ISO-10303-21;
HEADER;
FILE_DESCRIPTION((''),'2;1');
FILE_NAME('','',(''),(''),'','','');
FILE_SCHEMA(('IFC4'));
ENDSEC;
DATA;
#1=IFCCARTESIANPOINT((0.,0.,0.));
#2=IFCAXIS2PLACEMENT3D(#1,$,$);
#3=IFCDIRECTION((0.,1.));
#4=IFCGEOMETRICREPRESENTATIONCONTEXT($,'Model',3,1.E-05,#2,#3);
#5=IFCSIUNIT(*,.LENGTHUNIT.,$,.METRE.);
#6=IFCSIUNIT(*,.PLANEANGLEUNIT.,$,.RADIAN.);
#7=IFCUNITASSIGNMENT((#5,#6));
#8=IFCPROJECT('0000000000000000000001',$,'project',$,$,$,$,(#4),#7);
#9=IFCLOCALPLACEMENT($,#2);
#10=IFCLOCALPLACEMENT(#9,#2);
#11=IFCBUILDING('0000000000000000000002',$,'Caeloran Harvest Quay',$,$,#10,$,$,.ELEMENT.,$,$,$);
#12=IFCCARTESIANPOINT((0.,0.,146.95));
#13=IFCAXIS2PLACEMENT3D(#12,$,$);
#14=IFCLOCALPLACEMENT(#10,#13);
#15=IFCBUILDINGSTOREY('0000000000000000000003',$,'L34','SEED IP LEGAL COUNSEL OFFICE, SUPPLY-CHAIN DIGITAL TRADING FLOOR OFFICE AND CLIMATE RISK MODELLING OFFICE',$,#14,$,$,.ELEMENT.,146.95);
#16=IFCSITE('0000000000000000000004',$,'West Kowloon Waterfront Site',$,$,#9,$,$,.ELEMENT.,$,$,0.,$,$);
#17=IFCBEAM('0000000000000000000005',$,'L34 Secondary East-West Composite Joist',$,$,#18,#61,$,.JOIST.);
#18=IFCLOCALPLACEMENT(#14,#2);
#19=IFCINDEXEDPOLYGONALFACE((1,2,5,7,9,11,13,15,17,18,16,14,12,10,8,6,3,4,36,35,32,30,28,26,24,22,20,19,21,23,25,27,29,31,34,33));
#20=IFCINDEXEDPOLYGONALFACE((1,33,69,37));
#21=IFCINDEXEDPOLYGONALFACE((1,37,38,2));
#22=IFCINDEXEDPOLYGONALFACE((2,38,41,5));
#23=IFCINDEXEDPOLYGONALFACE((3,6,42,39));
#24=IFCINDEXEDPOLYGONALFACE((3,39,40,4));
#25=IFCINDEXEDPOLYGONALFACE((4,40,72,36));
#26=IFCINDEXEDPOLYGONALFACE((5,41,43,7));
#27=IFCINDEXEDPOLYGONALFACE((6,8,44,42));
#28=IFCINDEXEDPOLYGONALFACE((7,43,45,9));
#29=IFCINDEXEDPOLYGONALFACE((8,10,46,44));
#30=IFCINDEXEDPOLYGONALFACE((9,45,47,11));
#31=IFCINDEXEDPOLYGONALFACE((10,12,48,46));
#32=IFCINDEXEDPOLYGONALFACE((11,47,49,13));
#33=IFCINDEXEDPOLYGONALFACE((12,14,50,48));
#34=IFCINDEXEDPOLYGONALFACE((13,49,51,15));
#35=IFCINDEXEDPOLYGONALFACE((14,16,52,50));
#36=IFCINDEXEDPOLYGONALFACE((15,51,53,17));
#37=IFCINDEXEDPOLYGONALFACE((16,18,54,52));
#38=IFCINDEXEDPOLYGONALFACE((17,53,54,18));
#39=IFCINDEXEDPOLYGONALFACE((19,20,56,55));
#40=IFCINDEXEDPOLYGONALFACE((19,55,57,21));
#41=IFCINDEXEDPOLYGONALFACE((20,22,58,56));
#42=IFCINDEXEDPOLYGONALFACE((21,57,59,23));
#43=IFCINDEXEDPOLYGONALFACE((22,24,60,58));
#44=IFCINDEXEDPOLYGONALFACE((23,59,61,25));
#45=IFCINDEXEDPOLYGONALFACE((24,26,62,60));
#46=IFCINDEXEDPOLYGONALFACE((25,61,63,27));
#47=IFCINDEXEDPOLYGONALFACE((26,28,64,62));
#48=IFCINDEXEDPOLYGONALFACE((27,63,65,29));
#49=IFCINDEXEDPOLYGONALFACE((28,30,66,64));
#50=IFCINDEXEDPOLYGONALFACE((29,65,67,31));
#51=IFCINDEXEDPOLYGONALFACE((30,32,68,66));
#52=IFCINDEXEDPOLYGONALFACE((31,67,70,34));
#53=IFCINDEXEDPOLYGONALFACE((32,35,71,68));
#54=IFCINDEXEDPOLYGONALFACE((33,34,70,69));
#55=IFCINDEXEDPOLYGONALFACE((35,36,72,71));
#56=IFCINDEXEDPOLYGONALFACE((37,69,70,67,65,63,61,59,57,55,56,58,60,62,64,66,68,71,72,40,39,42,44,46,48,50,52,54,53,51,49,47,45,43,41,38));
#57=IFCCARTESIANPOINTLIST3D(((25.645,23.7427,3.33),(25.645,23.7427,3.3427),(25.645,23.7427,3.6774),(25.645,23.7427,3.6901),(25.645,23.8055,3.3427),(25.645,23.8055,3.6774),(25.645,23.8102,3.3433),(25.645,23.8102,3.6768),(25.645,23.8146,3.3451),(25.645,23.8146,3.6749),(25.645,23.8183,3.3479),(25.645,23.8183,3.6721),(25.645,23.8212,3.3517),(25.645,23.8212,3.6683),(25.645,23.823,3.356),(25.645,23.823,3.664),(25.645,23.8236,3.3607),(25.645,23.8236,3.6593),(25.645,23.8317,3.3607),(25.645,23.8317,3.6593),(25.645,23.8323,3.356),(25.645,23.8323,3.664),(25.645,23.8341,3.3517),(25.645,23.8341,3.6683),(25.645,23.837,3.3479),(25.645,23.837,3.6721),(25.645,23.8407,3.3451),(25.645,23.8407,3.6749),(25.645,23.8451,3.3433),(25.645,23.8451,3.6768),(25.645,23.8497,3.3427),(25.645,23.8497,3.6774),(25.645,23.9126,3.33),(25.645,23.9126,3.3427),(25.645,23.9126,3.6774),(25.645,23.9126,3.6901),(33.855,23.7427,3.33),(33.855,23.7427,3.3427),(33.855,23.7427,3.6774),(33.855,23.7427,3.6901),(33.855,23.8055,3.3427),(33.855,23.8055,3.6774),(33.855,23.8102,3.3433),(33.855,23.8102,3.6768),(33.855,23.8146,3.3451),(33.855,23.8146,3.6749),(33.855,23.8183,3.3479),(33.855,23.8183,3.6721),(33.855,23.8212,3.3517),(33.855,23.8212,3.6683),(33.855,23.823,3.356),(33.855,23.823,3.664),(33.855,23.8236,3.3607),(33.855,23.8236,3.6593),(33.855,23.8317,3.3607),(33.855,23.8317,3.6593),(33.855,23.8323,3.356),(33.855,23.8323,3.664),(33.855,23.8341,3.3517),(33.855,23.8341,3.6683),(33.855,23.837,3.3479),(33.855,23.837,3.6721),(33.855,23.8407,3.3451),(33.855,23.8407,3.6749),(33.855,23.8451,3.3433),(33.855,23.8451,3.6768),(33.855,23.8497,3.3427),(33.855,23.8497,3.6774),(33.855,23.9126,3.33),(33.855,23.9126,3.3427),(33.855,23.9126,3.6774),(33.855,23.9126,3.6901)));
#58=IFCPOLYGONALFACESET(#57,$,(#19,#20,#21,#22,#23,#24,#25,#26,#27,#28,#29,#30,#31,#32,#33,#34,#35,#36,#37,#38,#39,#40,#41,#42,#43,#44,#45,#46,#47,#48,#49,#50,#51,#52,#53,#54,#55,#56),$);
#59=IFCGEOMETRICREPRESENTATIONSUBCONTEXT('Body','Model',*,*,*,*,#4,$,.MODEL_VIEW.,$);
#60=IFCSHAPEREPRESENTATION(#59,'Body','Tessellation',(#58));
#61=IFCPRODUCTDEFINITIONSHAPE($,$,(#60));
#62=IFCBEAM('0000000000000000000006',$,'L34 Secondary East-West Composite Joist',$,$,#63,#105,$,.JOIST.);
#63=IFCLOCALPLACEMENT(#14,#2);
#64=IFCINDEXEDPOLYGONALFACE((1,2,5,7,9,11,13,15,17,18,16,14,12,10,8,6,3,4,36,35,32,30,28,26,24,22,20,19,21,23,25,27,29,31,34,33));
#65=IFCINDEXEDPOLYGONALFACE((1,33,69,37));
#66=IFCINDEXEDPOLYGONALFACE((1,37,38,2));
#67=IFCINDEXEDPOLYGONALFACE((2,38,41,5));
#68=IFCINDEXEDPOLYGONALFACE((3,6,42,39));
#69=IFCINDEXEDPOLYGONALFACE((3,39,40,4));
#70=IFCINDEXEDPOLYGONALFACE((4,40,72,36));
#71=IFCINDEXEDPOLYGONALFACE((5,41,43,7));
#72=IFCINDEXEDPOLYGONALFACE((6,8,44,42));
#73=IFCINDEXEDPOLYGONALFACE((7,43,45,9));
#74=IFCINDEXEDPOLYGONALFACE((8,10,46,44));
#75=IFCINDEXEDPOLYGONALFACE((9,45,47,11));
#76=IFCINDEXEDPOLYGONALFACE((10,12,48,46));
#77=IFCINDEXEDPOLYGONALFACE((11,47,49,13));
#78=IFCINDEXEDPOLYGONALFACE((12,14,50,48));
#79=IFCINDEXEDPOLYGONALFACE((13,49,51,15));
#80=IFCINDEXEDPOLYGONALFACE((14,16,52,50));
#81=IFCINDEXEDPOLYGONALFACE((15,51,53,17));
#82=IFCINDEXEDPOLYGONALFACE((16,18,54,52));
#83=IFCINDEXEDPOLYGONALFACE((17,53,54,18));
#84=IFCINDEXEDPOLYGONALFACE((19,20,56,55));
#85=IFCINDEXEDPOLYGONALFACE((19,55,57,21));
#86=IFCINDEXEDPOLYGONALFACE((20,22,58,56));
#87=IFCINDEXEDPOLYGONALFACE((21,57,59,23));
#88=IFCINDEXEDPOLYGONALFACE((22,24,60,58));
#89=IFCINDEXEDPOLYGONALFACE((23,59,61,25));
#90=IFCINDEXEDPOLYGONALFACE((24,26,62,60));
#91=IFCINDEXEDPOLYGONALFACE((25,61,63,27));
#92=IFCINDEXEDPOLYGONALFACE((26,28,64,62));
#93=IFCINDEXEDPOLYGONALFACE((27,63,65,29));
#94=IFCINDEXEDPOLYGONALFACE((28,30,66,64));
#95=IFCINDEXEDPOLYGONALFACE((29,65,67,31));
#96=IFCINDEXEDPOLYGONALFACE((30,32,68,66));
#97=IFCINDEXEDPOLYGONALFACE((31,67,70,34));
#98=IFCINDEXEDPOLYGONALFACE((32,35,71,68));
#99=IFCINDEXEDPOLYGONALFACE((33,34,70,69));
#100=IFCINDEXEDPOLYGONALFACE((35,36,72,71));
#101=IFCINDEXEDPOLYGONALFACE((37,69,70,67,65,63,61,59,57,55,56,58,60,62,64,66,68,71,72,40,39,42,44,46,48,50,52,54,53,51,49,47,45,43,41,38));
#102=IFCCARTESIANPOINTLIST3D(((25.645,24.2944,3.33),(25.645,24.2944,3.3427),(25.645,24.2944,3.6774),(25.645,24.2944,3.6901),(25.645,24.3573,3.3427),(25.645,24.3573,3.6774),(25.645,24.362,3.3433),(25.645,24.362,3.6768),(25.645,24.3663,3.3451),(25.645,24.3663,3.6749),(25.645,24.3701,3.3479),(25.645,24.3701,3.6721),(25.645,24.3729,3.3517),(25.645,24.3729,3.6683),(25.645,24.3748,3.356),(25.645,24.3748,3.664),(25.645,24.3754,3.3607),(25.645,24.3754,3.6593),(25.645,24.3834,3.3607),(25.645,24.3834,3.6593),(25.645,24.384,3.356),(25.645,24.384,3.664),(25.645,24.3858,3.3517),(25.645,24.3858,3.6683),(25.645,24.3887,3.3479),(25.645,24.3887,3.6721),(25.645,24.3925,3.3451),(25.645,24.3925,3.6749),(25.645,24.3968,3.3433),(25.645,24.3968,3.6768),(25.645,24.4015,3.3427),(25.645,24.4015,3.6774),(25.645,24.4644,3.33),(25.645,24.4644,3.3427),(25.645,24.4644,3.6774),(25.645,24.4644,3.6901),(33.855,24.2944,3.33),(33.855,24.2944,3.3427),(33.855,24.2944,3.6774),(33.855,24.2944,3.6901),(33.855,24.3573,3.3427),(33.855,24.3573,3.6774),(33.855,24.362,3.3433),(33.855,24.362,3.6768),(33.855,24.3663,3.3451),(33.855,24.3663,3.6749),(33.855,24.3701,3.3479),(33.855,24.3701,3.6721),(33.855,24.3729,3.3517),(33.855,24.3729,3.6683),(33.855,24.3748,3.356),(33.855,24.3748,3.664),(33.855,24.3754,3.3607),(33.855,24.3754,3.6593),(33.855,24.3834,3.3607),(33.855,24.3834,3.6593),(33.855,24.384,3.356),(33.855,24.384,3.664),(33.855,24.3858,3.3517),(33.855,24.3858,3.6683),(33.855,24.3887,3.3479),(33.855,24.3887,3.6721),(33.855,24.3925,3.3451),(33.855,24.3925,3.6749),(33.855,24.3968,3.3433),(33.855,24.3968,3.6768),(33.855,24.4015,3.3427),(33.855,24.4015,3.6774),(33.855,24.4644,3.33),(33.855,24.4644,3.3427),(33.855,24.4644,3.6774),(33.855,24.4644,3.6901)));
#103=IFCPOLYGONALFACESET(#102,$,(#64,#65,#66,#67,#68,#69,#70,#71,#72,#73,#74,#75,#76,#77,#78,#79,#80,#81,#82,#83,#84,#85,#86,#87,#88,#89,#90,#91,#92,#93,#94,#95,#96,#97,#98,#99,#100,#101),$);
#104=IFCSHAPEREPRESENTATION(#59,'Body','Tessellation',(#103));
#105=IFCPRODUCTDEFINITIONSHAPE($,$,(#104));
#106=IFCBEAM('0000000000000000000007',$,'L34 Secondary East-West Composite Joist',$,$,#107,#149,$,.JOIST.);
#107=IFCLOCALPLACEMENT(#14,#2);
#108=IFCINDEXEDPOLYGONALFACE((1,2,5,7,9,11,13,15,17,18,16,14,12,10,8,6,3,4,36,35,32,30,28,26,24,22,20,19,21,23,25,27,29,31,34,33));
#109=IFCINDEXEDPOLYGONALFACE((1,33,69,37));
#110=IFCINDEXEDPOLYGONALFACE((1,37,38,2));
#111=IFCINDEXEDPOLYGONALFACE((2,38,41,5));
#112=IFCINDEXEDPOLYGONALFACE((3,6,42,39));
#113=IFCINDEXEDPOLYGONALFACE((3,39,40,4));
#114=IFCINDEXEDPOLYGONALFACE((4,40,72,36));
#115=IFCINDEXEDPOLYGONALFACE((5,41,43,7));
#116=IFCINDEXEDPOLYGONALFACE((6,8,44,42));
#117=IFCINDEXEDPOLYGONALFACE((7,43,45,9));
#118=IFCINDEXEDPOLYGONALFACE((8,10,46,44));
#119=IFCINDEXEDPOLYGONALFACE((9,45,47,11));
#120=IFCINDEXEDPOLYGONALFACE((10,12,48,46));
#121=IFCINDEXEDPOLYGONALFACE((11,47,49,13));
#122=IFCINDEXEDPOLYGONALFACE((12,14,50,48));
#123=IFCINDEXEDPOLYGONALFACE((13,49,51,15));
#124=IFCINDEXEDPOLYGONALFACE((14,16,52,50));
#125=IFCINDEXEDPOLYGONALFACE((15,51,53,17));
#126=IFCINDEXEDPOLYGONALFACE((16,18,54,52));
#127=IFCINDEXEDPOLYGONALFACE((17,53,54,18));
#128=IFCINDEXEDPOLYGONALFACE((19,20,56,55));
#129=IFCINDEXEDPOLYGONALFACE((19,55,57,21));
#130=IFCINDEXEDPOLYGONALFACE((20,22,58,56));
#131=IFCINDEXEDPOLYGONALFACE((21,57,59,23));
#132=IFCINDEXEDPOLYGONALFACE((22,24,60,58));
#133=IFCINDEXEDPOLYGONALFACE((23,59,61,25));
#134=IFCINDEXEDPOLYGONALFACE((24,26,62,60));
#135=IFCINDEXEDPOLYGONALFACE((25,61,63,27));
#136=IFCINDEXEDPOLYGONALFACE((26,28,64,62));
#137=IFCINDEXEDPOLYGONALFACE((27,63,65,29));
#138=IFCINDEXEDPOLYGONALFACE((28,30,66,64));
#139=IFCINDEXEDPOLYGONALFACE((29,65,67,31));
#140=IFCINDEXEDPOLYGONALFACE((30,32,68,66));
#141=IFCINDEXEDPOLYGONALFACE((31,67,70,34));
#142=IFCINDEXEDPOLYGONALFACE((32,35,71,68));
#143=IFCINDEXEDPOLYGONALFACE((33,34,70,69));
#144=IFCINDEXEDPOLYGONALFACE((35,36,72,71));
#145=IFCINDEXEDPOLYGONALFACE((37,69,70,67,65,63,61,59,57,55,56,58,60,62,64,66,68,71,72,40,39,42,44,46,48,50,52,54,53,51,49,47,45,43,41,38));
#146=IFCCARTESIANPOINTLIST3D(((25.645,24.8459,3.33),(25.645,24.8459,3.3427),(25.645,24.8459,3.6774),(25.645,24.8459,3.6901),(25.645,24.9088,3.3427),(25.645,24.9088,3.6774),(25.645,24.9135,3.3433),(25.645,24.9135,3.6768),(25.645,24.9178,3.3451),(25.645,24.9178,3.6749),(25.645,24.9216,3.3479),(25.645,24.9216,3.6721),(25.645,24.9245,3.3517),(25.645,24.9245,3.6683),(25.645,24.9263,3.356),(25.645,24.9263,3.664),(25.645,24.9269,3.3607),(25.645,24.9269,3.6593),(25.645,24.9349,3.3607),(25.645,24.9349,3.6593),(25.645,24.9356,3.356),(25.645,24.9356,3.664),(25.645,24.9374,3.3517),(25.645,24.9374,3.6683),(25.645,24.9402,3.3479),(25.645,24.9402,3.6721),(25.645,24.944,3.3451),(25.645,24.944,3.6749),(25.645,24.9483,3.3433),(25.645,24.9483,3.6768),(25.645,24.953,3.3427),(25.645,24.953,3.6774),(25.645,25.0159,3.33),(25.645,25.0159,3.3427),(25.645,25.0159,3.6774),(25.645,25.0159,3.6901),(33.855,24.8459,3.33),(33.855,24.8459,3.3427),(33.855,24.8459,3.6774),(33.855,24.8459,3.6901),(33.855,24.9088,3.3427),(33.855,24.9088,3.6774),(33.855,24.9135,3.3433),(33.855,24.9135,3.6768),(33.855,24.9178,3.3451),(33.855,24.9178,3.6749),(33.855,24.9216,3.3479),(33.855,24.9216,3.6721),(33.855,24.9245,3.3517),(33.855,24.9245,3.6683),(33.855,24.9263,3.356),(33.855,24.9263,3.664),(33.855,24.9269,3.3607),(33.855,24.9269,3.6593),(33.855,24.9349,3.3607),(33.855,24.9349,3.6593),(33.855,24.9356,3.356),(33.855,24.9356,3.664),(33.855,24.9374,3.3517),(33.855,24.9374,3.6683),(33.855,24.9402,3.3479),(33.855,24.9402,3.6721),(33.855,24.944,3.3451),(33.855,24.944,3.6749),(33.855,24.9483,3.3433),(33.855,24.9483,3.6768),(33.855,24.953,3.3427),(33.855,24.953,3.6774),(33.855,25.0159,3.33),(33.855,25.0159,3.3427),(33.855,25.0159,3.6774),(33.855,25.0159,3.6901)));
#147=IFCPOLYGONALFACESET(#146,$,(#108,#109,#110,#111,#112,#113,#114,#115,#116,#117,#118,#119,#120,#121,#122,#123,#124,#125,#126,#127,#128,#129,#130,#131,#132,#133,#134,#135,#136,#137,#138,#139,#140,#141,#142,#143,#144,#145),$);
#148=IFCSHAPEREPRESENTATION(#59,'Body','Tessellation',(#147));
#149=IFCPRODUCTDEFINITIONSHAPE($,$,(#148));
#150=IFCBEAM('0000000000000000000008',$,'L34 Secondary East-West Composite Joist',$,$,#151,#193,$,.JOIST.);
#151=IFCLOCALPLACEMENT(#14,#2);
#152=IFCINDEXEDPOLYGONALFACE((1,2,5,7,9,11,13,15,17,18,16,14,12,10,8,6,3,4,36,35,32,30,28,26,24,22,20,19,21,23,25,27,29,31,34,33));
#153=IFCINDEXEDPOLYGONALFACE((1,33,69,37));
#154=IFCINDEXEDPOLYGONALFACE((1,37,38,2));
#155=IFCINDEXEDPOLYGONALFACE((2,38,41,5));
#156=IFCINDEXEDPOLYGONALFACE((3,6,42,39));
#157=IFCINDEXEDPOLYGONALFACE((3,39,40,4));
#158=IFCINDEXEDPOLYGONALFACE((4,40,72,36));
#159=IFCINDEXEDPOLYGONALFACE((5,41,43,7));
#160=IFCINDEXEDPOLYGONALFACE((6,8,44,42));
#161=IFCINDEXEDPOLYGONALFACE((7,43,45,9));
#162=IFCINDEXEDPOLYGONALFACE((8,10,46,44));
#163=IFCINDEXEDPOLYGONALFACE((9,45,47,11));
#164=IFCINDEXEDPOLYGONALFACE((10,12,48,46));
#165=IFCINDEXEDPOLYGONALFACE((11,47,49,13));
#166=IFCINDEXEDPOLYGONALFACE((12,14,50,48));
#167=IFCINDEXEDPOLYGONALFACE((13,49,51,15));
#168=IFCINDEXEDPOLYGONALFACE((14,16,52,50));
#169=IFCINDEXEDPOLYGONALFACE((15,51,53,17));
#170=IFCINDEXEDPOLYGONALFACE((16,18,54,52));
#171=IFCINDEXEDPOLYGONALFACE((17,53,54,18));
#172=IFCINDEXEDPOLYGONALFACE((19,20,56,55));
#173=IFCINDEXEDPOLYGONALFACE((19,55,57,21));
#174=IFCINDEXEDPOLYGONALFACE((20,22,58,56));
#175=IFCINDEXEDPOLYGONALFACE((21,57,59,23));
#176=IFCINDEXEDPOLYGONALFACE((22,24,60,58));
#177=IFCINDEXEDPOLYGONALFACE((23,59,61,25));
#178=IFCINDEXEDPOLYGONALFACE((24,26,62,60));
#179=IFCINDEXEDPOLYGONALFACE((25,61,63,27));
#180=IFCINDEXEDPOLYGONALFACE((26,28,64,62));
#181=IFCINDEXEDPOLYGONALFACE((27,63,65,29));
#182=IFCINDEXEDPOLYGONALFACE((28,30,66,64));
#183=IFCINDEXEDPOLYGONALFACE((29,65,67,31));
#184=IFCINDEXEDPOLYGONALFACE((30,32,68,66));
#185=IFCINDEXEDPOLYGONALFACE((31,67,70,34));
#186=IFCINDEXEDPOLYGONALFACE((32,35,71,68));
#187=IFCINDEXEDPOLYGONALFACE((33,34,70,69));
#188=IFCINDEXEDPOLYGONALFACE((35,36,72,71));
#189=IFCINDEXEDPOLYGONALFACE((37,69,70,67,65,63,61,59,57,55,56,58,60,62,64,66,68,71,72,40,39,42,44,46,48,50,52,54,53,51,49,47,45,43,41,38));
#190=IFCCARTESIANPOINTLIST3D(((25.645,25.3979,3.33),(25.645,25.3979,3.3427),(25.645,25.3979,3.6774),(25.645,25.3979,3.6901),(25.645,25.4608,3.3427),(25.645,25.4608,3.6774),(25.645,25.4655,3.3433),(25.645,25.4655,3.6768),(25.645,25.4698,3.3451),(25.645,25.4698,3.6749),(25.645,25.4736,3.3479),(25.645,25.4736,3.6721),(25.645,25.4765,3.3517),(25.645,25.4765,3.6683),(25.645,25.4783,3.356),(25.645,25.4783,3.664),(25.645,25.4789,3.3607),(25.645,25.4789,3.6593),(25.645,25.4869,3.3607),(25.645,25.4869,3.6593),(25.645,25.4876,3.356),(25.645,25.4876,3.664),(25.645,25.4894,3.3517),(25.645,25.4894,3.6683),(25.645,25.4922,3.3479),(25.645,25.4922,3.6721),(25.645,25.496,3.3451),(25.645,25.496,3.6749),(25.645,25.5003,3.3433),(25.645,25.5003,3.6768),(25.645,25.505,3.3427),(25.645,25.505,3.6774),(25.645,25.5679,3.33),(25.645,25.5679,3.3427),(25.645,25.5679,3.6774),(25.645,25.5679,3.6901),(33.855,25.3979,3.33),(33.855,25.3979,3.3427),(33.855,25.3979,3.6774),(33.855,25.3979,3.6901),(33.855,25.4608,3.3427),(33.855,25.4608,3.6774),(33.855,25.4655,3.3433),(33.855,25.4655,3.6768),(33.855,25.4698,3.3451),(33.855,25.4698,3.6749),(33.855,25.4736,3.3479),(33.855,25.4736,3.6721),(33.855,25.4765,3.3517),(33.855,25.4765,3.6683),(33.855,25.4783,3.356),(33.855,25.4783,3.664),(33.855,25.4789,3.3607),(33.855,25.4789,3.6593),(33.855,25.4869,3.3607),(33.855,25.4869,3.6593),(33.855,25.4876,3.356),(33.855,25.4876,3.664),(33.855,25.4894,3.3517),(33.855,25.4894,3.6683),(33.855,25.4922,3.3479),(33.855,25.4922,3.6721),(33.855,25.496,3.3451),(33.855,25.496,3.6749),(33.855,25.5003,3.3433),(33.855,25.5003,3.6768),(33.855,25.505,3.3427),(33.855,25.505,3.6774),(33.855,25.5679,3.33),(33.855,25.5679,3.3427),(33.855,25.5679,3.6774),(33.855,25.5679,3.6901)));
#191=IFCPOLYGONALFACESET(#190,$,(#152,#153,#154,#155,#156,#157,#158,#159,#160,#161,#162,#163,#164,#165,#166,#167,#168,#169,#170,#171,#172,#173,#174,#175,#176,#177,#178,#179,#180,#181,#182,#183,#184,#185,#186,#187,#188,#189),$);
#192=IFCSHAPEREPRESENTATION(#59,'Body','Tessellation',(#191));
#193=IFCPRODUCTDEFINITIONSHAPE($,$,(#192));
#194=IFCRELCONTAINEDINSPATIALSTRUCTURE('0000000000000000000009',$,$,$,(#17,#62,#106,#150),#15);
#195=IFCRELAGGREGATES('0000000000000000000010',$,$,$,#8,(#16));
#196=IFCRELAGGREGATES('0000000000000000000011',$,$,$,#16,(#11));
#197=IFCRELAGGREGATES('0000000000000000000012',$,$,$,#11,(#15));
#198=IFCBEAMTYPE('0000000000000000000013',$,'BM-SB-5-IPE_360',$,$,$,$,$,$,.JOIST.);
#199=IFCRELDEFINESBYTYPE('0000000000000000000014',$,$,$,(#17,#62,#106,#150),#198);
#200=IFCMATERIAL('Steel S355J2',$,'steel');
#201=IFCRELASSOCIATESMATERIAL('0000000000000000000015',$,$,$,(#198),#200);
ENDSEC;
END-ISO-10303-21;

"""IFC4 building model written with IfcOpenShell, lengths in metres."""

from ifc_helpers import new_model, si_unit, direction, frame, origin, origin_2d, place, context, subcontext, project, spatial, i_section, extrude, material, material_profile, profile_set, type_object, element, save


model = new_model("IFC4")

# Units and contexts
model_context = context("Model", 3, precision=1e-05, world=origin(), true_north=direction((0.0, 1.0)))
body_context = subcontext(model_context, "Body", "Model", "MODEL_VIEW")
ifc_project = project(units=[si_unit("LENGTHUNIT", "METRE"), si_unit("PLANEANGLEUNIT", "RADIAN")], contexts=[model_context])

# Site, building, storey
site_placement = place(None, origin())
site = spatial("IfcSite", under=ifc_project, at=site_placement, Name="West Kowloon Waterfront Site", CompositionType="ELEMENT", RefElevation=0.0)
building_placement = place(site_placement, origin())
building = spatial("IfcBuilding", under=site, at=building_placement, Name="Caeloran Harvest Quay", CompositionType="ELEMENT")
storey_placement = place(building_placement, frame((0.0, 0.0, 146.95)))
storey = spatial("IfcBuildingStorey", under=building, at=storey_placement, Name="L34", Description="SEED IP LEGAL COUNSEL OFFICE, SUPPLY-CHAIN DIGITAL TRADING FLOOR OFFICE AND CLIMATE RISK MODELLING OFFICE", CompositionType="ELEMENT", Elevation=146.95)

# Beams
ifc_material_1 = material(Name="Steel S355J2", Category="steel")
ifc_material_profile_1 = material_profile(ifc_material_1, i_section(OverallWidth=0.1699, OverallDepth=0.3601, WebThickness=0.0081, FlangeThickness=0.0127, FilletRadius=0.0181, at=origin_2d()), Name="IPE 360")
ifc_profile_set_1 = profile_set([ifc_material_profile_1], Name="Steel S355J2")
beam_type_1 = type_object("IfcBeamType", Name="BM-SB-5-IPE_360", PredefinedType="JOIST", material=ifc_profile_set_1)
for number, where, z_axis, x_axis, name in (
    (1, (25.645, 23.8276, 3.51), (1.0, 0.0, 0.0), (0.0, 1.0, 0.0), "L34 Secondary East-West Composite Joist"),
    (2, (25.645, 24.3794, 3.51), (1.0, 0.0, 0.0), (0.0, 1.0, 0.0), "L34 Secondary East-West Composite Joist"),
    (3, (25.645, 24.9309, 3.51), (1.0, 0.0, 0.0), (0.0, 1.0, 0.0), "L34 Secondary East-West Composite Joist"),
    (4, (25.645, 25.4829, 3.51), (1.0, 0.0, 0.0), (0.0, 1.0, 0.0), "L34 Secondary East-West Composite Joist"),
):
    element("IfcBeam", number, at=place(storey_placement, frame(where, z_axis=z_axis, x_axis=x_axis)), inside=storey, type_object=beam_type_1, Name=name, PredefinedType="JOIST", context=body_context, shape_type="SweptSolid", body=[
        extrude(i_section(OverallWidth=0.1699, OverallDepth=0.3601, WebThickness=0.0081, FlangeThickness=0.0127, FilletRadius=0.0181, at=origin_2d()), origin(), (0.0, 0.0, 1.0), 8.21),
    ])

save(model, "model.ifc")
